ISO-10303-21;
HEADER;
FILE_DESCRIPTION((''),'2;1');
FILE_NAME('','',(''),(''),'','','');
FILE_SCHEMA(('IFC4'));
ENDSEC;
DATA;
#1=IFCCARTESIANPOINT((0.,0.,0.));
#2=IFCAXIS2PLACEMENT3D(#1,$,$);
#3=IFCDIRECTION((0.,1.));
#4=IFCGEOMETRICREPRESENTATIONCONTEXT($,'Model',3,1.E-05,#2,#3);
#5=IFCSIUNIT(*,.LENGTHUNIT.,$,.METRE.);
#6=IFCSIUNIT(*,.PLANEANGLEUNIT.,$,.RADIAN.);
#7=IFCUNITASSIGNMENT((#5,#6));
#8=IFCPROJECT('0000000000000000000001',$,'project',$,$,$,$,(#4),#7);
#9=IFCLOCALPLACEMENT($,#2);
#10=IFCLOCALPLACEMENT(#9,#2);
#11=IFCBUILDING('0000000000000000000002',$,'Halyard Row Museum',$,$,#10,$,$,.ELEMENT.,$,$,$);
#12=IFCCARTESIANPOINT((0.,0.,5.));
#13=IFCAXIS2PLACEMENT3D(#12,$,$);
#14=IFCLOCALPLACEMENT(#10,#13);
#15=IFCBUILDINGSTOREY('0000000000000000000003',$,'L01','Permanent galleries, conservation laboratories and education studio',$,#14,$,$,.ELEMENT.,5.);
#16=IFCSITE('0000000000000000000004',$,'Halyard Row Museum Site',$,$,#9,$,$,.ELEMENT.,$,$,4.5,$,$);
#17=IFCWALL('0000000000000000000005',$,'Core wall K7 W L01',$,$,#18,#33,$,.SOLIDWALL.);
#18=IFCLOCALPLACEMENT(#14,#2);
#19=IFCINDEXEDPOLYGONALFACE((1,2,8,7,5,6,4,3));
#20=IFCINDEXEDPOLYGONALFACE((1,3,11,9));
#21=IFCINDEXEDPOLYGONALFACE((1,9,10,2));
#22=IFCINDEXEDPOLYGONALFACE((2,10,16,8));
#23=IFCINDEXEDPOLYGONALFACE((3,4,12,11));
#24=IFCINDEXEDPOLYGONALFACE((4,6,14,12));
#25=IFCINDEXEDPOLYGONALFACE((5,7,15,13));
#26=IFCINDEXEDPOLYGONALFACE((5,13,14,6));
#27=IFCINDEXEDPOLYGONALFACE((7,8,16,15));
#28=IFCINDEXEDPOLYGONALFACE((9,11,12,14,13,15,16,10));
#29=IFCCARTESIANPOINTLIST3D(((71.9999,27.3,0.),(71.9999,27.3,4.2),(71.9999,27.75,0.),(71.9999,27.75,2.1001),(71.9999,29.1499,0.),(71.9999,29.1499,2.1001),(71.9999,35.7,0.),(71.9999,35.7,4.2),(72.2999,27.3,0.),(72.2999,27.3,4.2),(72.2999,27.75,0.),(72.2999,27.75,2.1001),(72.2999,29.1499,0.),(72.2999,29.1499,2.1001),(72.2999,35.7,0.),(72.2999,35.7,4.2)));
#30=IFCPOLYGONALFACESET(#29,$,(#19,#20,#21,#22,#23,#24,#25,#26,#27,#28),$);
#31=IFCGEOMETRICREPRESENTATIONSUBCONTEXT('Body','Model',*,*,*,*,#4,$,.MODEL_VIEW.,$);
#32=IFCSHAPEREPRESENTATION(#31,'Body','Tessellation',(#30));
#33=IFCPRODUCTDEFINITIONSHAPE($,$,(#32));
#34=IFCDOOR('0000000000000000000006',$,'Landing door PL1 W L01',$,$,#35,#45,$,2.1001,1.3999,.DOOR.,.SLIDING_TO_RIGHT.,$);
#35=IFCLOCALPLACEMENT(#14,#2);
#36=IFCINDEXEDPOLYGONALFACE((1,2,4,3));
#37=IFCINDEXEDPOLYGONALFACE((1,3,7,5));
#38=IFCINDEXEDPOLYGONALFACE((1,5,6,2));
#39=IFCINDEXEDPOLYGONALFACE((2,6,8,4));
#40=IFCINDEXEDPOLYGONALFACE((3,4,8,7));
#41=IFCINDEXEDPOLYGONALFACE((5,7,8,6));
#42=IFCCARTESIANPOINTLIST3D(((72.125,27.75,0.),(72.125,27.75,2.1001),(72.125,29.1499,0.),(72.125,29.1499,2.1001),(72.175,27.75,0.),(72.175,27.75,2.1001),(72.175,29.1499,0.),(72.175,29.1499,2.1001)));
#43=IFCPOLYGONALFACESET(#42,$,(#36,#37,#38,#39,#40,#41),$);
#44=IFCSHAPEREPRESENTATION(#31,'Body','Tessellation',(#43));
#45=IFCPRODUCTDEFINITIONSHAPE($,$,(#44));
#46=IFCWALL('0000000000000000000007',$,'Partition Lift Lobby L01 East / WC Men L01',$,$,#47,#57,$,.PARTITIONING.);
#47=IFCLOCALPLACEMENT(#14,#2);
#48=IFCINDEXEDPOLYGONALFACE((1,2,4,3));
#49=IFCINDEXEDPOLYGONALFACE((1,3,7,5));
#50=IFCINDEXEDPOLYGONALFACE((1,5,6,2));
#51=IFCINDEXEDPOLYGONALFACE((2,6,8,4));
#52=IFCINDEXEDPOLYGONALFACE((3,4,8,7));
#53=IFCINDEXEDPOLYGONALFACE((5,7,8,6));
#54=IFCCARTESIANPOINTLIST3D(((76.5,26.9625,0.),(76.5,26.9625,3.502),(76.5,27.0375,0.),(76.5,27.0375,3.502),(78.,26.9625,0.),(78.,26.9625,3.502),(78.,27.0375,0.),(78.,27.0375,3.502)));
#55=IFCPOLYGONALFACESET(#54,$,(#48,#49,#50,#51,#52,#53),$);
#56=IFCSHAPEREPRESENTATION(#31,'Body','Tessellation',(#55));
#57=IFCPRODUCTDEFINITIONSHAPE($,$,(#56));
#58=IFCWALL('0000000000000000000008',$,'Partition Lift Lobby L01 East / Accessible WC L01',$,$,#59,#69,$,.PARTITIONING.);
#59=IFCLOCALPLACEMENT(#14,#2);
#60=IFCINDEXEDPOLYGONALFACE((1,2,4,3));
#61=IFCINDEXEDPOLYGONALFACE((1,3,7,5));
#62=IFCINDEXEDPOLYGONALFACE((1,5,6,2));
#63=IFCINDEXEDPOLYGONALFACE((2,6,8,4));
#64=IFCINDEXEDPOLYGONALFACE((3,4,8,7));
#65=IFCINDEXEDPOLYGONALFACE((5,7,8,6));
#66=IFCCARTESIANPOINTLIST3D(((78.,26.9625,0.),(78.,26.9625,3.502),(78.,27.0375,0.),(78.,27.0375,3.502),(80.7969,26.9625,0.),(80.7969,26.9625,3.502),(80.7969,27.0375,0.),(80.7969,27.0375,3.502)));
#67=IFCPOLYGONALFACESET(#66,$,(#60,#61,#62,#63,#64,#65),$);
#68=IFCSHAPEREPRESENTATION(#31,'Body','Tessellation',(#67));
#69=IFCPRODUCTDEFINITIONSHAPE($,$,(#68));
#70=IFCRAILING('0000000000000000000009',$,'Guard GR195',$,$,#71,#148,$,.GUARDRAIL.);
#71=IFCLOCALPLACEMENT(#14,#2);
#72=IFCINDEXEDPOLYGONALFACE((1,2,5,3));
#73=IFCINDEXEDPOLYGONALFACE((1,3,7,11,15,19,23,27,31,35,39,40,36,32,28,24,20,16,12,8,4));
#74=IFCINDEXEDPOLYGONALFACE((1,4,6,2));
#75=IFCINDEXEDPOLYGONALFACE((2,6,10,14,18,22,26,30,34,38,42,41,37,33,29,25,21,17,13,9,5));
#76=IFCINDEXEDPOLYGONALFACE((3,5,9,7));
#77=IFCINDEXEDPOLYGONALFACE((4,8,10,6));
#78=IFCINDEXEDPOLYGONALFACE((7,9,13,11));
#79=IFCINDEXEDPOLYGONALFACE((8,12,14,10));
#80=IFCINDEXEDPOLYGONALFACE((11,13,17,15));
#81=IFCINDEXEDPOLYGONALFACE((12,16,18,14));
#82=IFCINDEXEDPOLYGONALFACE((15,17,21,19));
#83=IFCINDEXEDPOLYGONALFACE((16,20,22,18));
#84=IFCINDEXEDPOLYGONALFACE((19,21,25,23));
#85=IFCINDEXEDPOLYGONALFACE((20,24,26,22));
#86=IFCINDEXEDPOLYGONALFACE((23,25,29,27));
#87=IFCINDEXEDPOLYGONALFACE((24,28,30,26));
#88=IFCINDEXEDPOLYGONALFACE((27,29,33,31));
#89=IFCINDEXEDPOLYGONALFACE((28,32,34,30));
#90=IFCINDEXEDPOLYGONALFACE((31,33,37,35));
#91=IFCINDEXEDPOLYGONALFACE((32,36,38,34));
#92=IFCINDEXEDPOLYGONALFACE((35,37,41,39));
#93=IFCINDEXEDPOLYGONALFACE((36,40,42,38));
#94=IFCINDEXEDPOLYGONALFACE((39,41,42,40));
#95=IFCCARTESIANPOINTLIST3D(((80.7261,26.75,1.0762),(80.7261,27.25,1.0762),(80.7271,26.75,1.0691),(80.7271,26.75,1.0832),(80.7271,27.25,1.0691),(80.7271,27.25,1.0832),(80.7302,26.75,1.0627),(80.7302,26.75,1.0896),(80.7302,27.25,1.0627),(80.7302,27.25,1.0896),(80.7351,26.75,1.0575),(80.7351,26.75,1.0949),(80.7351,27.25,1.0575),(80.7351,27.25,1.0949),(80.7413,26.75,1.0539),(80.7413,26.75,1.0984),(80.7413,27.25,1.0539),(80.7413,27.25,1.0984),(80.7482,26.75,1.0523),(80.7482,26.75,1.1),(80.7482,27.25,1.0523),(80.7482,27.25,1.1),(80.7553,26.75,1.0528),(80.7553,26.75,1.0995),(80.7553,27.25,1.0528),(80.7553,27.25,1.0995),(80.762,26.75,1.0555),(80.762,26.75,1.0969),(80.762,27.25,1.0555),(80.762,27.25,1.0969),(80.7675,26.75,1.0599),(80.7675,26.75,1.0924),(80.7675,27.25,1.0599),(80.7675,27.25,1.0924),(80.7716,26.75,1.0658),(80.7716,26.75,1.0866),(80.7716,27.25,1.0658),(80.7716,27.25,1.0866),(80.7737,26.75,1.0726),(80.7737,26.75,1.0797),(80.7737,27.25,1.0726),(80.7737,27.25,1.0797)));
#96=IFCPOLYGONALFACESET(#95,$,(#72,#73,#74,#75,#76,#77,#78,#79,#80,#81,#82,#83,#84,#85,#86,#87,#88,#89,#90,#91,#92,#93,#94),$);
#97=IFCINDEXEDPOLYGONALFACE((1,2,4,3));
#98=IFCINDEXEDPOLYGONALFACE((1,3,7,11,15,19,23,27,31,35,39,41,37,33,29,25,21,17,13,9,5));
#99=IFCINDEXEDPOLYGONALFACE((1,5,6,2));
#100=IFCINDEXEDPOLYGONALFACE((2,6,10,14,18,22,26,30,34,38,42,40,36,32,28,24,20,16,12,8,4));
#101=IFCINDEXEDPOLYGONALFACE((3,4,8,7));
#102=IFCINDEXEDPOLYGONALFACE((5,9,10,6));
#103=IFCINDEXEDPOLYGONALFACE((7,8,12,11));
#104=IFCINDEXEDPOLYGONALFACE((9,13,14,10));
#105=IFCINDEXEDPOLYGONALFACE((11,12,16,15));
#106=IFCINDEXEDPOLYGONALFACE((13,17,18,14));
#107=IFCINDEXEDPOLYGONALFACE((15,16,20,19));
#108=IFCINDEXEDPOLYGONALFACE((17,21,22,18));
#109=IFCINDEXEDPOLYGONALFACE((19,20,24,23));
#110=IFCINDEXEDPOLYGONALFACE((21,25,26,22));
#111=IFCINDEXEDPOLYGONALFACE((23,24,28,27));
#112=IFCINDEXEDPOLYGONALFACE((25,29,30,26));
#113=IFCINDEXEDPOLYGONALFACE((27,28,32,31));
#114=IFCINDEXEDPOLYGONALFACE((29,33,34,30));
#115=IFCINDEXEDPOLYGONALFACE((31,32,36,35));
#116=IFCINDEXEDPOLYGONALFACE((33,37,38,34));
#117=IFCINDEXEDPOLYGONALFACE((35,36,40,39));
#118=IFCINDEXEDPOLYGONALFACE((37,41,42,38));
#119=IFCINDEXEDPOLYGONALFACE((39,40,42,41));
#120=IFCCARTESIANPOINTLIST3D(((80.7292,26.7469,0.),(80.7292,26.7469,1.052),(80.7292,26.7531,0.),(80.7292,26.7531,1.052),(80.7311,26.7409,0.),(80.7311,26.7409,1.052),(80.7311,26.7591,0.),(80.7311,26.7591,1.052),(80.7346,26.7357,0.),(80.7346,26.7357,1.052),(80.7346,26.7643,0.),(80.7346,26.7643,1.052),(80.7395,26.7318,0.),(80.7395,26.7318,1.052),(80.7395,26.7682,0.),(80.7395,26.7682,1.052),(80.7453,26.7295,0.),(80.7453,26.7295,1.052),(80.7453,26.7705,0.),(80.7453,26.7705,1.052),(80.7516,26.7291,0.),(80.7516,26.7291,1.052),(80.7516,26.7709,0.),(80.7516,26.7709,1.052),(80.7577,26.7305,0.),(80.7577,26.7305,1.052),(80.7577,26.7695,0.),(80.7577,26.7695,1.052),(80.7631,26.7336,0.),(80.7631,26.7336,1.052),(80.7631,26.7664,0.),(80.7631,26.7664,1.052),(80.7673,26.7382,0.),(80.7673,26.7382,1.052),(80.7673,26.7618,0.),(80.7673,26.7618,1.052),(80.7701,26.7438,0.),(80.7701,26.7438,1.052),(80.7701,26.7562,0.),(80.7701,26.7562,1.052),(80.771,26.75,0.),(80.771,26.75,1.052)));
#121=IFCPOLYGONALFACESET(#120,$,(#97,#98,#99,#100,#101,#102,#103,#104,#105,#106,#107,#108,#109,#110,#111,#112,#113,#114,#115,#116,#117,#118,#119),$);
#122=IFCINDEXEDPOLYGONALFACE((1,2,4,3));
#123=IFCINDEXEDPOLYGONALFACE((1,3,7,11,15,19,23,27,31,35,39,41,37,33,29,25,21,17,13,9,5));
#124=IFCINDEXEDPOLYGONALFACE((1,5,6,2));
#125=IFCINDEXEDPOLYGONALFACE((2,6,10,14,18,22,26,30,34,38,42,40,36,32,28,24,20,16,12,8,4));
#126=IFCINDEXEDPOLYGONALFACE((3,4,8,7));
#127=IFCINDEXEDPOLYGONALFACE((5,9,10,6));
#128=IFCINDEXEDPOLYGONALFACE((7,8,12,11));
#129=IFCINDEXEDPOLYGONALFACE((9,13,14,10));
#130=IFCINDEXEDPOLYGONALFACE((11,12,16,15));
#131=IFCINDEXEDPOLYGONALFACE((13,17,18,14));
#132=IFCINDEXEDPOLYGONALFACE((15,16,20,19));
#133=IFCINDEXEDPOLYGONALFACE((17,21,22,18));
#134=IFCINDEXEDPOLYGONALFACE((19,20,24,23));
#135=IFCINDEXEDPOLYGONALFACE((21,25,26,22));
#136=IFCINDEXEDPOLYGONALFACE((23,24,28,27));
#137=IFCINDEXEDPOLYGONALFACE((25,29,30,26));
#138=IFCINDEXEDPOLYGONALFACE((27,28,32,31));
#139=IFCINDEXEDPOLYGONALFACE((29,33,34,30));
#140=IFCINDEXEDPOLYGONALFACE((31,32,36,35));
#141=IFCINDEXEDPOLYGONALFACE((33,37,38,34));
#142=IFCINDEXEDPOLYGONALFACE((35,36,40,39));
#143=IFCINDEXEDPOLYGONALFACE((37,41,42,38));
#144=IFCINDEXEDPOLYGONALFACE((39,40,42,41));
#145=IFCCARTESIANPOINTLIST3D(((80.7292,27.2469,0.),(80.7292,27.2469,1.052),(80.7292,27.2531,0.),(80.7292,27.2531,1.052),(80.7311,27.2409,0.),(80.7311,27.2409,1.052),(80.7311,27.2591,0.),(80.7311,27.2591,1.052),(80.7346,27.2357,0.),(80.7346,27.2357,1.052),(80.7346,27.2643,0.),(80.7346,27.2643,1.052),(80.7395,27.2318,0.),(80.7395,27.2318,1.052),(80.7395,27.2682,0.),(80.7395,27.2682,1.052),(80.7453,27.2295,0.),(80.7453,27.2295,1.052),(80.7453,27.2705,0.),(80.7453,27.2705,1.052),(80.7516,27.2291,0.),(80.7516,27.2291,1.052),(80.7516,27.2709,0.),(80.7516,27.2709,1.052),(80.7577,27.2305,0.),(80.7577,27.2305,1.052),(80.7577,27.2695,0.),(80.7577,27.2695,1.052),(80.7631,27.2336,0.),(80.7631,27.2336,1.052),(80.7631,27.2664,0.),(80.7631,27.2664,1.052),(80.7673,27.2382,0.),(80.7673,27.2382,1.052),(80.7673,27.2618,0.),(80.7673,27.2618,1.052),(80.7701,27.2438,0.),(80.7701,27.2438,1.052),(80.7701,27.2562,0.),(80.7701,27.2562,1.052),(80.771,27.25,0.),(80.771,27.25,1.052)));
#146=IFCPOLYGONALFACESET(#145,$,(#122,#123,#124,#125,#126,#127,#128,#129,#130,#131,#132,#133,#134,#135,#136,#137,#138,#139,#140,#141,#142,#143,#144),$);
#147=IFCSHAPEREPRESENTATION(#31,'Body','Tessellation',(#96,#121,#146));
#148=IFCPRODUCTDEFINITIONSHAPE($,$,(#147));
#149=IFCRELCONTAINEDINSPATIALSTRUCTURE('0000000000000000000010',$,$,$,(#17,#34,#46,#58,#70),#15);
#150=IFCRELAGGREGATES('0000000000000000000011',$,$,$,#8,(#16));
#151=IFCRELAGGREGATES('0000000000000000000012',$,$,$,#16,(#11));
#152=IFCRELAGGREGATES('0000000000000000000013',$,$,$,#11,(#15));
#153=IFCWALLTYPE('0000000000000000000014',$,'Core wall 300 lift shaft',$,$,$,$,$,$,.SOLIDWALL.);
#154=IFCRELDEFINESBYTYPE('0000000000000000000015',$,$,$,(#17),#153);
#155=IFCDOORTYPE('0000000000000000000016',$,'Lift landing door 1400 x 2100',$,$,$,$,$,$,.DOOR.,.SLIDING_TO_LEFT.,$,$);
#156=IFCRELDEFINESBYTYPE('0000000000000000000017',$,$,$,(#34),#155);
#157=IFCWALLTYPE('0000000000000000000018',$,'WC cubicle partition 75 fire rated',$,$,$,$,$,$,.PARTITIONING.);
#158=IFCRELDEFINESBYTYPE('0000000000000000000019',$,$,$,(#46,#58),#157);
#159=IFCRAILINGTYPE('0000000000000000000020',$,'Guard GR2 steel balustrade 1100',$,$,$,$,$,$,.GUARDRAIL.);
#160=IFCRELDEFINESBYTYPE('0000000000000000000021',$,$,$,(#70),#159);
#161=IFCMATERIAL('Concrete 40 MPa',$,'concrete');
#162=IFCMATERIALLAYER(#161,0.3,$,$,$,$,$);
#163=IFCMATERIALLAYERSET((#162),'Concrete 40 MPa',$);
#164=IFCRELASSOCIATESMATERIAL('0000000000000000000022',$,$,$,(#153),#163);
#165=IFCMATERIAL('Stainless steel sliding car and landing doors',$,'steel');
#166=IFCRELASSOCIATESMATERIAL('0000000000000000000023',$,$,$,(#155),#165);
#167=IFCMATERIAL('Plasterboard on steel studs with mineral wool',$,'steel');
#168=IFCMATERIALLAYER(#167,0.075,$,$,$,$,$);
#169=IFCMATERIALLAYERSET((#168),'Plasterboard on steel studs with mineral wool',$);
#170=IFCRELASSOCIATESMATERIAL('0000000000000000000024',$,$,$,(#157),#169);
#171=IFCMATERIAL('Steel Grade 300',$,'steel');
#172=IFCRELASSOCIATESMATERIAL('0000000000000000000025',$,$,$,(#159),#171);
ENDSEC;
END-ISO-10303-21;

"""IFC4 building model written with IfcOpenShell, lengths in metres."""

from ifc_helpers import new_model, si_unit, direction, frame, frame_2d, origin, origin_2d, place, context, subcontext, project, spatial, rectangle, circle, extrude, material, layer, layer_set, type_object, element, fill, save


model = new_model("IFC4")

# Units and contexts
model_context = context("Model", 3, precision=1e-05, world=origin(), true_north=direction((0.0, 1.0)))
body_context = subcontext(model_context, "Body", "Model", "MODEL_VIEW")
ifc_project = project(units=[si_unit("LENGTHUNIT", "METRE"), si_unit("PLANEANGLEUNIT", "RADIAN")], contexts=[model_context])

# Site, building, storey
site_placement = place(None, origin())
site = spatial("IfcSite", under=ifc_project, at=site_placement, Name="Halyard Row Museum Site", CompositionType="ELEMENT", RefElevation=4.5)
building_placement = place(site_placement, origin())
building = spatial("IfcBuilding", under=site, at=building_placement, Name="Halyard Row Museum", CompositionType="ELEMENT")
storey_placement = place(building_placement, frame((0.0, 0.0, 5.0)))
storey = spatial("IfcBuildingStorey", under=building, at=storey_placement, Name="L01", Description="Permanent galleries, conservation laboratories and education studio", CompositionType="ELEMENT", Elevation=5.0)

# Shared definitions
ifc_material_1 = material(Name="Concrete 40 MPa", Category="concrete")
ifc_layer_1 = layer(ifc_material_1, 0.3)
ifc_layer_set_1 = layer_set([ifc_layer_1], Name="Concrete 40 MPa")
wall_type_1 = type_object("IfcWallType", Name="Core wall 300 lift shaft", PredefinedType="SOLIDWALL", material=ifc_layer_set_1)
ifc_material_2 = material(Name="Stainless steel sliding car and landing doors", Category="steel")
door_type_1 = type_object("IfcDoorType", Name="Lift landing door 1400 x 2100", OperationType="SLIDING_TO_LEFT", PredefinedType="DOOR", material=ifc_material_2)

# Wall, opening, door
wall_1_placement = place(storey_placement, frame((72.1499, 27.3, 0.0), z_axis=(0.0, 0.0, 1.0), x_axis=(0.0, 1.0, 0.0)))
wall_1 = element("IfcWall", 1, at=wall_1_placement, inside=storey, type_object=wall_type_1, Name="Core wall K7 W L01", PredefinedType="SOLIDWALL", context=body_context, shape_type="SweptSolid", body=[
    extrude(rectangle(XDim=8.3999, YDim=0.3, at=frame_2d((4.2, 0.0))), origin(), (0.0, 0.0, 1.0), 4.2),
])
opening_1_placement = place(wall_1_placement, frame((0.45, 0.0, 0.0)))
opening_1 = element("IfcOpeningElement", 2, at=opening_1_placement, cuts=wall_1, PredefinedType="OPENING", context=body_context, shape_type="SweptSolid", body=[
    extrude(rectangle(XDim=1.3999, YDim=2.1001, at=frame_2d((0.7, 1.05))), frame((0.0, 0.1599, 0.0), z_axis=(0.0, -1.0, 0.0), x_axis=(1.0, 0.0, 0.0)), (0.0, 0.0, 1.0), 0.3201),
])
door_1_placement = place(opening_1_placement, origin())
door_1 = element("IfcDoor", 3, at=door_1_placement, inside=storey, type_object=door_type_1, Name="Landing door PL1 W L01", OperationType="SLIDING_TO_RIGHT", OverallHeight=2.1001, OverallWidth=1.3999, PredefinedType="DOOR", context=body_context, shape_type="SweptSolid", body=[
    extrude(rectangle(XDim=1.3999, YDim=2.1001, at=frame_2d((0.7, 1.05))), frame((0.0, 0.0249, 0.0), z_axis=(0.0, -1.0, 0.0), x_axis=(1.0, 0.0, 0.0)), (0.0, 0.0, 1.0), 0.05),
])
fill(opening_1, door_1)

# Walls
ifc_material_3 = material(Name="Plasterboard on steel studs with mineral wool", Category="steel")
ifc_layer_2 = layer(ifc_material_3, 0.075)
ifc_layer_set_2 = layer_set([ifc_layer_2], Name="Plasterboard on steel studs with mineral wool")
wall_type_2 = type_object("IfcWallType", Name="WC cubicle partition 75 fire rated", PredefinedType="PARTITIONING", material=ifc_layer_set_2)
wall_2_placement = place(storey_placement, frame((76.5, 27.0, 0.0), z_axis=(0.0, 0.0, 1.0), x_axis=(1.0, 0.0, 0.0)))
element("IfcWall", 4, at=wall_2_placement, inside=storey, type_object=wall_type_2, Name="Partition Lift Lobby L01 East / WC Men L01", PredefinedType="PARTITIONING", context=body_context, shape_type="SweptSolid", body=[
    extrude(rectangle(XDim=1.5, YDim=0.075, at=frame_2d((0.75, 0.0))), origin(), (0.0, 0.0, 1.0), 3.502),
])
wall_3_placement = place(storey_placement, frame((78.0, 27.0, 0.0), z_axis=(0.0, 0.0, 1.0), x_axis=(1.0, 0.0, 0.0)))
element("IfcWall", 5, at=wall_3_placement, inside=storey, type_object=wall_type_2, Name="Partition Lift Lobby L01 East / Accessible WC L01", PredefinedType="PARTITIONING", context=body_context, shape_type="SweptSolid", body=[
    extrude(rectangle(XDim=2.7969, YDim=0.075, at=frame_2d((1.3984, 0.0))), origin(), (0.0, 0.0, 1.0), 3.502),
])

# Railing
ifc_material_4 = material(Name="Steel Grade 300", Category="steel")
railing_type = type_object("IfcRailingType", Name="Guard GR2 steel balustrade 1100", PredefinedType="GUARDRAIL", material=ifc_material_4)
railing_1_placement = place(storey_placement, frame((80.75, 26.75, 0.0)))
element("IfcRailing", 6, at=railing_1_placement, inside=storey, type_object=railing_type, Name="Guard GR195", PredefinedType="GUARDRAIL", context=body_context, shape_type="SweptSolid", body=[
    extrude(circle(Radius=0.0239, at=origin_2d()), frame((0.0, 0.0, 1.0762), z_axis=(0.0, 1.0, 0.0), x_axis=(-1.0, 0.0, 0.0)), (0.0, 0.0, 1.0), 0.5),
    extrude(circle(Radius=0.021, at=origin_2d()), origin(), (0.0, 0.0, 1.0), 1.052),
    extrude(circle(Radius=0.021, at=origin_2d()), frame((0.0, 0.5, 0.0)), (0.0, 0.0, 1.0), 1.052),
])

save(model, "model.ifc")
